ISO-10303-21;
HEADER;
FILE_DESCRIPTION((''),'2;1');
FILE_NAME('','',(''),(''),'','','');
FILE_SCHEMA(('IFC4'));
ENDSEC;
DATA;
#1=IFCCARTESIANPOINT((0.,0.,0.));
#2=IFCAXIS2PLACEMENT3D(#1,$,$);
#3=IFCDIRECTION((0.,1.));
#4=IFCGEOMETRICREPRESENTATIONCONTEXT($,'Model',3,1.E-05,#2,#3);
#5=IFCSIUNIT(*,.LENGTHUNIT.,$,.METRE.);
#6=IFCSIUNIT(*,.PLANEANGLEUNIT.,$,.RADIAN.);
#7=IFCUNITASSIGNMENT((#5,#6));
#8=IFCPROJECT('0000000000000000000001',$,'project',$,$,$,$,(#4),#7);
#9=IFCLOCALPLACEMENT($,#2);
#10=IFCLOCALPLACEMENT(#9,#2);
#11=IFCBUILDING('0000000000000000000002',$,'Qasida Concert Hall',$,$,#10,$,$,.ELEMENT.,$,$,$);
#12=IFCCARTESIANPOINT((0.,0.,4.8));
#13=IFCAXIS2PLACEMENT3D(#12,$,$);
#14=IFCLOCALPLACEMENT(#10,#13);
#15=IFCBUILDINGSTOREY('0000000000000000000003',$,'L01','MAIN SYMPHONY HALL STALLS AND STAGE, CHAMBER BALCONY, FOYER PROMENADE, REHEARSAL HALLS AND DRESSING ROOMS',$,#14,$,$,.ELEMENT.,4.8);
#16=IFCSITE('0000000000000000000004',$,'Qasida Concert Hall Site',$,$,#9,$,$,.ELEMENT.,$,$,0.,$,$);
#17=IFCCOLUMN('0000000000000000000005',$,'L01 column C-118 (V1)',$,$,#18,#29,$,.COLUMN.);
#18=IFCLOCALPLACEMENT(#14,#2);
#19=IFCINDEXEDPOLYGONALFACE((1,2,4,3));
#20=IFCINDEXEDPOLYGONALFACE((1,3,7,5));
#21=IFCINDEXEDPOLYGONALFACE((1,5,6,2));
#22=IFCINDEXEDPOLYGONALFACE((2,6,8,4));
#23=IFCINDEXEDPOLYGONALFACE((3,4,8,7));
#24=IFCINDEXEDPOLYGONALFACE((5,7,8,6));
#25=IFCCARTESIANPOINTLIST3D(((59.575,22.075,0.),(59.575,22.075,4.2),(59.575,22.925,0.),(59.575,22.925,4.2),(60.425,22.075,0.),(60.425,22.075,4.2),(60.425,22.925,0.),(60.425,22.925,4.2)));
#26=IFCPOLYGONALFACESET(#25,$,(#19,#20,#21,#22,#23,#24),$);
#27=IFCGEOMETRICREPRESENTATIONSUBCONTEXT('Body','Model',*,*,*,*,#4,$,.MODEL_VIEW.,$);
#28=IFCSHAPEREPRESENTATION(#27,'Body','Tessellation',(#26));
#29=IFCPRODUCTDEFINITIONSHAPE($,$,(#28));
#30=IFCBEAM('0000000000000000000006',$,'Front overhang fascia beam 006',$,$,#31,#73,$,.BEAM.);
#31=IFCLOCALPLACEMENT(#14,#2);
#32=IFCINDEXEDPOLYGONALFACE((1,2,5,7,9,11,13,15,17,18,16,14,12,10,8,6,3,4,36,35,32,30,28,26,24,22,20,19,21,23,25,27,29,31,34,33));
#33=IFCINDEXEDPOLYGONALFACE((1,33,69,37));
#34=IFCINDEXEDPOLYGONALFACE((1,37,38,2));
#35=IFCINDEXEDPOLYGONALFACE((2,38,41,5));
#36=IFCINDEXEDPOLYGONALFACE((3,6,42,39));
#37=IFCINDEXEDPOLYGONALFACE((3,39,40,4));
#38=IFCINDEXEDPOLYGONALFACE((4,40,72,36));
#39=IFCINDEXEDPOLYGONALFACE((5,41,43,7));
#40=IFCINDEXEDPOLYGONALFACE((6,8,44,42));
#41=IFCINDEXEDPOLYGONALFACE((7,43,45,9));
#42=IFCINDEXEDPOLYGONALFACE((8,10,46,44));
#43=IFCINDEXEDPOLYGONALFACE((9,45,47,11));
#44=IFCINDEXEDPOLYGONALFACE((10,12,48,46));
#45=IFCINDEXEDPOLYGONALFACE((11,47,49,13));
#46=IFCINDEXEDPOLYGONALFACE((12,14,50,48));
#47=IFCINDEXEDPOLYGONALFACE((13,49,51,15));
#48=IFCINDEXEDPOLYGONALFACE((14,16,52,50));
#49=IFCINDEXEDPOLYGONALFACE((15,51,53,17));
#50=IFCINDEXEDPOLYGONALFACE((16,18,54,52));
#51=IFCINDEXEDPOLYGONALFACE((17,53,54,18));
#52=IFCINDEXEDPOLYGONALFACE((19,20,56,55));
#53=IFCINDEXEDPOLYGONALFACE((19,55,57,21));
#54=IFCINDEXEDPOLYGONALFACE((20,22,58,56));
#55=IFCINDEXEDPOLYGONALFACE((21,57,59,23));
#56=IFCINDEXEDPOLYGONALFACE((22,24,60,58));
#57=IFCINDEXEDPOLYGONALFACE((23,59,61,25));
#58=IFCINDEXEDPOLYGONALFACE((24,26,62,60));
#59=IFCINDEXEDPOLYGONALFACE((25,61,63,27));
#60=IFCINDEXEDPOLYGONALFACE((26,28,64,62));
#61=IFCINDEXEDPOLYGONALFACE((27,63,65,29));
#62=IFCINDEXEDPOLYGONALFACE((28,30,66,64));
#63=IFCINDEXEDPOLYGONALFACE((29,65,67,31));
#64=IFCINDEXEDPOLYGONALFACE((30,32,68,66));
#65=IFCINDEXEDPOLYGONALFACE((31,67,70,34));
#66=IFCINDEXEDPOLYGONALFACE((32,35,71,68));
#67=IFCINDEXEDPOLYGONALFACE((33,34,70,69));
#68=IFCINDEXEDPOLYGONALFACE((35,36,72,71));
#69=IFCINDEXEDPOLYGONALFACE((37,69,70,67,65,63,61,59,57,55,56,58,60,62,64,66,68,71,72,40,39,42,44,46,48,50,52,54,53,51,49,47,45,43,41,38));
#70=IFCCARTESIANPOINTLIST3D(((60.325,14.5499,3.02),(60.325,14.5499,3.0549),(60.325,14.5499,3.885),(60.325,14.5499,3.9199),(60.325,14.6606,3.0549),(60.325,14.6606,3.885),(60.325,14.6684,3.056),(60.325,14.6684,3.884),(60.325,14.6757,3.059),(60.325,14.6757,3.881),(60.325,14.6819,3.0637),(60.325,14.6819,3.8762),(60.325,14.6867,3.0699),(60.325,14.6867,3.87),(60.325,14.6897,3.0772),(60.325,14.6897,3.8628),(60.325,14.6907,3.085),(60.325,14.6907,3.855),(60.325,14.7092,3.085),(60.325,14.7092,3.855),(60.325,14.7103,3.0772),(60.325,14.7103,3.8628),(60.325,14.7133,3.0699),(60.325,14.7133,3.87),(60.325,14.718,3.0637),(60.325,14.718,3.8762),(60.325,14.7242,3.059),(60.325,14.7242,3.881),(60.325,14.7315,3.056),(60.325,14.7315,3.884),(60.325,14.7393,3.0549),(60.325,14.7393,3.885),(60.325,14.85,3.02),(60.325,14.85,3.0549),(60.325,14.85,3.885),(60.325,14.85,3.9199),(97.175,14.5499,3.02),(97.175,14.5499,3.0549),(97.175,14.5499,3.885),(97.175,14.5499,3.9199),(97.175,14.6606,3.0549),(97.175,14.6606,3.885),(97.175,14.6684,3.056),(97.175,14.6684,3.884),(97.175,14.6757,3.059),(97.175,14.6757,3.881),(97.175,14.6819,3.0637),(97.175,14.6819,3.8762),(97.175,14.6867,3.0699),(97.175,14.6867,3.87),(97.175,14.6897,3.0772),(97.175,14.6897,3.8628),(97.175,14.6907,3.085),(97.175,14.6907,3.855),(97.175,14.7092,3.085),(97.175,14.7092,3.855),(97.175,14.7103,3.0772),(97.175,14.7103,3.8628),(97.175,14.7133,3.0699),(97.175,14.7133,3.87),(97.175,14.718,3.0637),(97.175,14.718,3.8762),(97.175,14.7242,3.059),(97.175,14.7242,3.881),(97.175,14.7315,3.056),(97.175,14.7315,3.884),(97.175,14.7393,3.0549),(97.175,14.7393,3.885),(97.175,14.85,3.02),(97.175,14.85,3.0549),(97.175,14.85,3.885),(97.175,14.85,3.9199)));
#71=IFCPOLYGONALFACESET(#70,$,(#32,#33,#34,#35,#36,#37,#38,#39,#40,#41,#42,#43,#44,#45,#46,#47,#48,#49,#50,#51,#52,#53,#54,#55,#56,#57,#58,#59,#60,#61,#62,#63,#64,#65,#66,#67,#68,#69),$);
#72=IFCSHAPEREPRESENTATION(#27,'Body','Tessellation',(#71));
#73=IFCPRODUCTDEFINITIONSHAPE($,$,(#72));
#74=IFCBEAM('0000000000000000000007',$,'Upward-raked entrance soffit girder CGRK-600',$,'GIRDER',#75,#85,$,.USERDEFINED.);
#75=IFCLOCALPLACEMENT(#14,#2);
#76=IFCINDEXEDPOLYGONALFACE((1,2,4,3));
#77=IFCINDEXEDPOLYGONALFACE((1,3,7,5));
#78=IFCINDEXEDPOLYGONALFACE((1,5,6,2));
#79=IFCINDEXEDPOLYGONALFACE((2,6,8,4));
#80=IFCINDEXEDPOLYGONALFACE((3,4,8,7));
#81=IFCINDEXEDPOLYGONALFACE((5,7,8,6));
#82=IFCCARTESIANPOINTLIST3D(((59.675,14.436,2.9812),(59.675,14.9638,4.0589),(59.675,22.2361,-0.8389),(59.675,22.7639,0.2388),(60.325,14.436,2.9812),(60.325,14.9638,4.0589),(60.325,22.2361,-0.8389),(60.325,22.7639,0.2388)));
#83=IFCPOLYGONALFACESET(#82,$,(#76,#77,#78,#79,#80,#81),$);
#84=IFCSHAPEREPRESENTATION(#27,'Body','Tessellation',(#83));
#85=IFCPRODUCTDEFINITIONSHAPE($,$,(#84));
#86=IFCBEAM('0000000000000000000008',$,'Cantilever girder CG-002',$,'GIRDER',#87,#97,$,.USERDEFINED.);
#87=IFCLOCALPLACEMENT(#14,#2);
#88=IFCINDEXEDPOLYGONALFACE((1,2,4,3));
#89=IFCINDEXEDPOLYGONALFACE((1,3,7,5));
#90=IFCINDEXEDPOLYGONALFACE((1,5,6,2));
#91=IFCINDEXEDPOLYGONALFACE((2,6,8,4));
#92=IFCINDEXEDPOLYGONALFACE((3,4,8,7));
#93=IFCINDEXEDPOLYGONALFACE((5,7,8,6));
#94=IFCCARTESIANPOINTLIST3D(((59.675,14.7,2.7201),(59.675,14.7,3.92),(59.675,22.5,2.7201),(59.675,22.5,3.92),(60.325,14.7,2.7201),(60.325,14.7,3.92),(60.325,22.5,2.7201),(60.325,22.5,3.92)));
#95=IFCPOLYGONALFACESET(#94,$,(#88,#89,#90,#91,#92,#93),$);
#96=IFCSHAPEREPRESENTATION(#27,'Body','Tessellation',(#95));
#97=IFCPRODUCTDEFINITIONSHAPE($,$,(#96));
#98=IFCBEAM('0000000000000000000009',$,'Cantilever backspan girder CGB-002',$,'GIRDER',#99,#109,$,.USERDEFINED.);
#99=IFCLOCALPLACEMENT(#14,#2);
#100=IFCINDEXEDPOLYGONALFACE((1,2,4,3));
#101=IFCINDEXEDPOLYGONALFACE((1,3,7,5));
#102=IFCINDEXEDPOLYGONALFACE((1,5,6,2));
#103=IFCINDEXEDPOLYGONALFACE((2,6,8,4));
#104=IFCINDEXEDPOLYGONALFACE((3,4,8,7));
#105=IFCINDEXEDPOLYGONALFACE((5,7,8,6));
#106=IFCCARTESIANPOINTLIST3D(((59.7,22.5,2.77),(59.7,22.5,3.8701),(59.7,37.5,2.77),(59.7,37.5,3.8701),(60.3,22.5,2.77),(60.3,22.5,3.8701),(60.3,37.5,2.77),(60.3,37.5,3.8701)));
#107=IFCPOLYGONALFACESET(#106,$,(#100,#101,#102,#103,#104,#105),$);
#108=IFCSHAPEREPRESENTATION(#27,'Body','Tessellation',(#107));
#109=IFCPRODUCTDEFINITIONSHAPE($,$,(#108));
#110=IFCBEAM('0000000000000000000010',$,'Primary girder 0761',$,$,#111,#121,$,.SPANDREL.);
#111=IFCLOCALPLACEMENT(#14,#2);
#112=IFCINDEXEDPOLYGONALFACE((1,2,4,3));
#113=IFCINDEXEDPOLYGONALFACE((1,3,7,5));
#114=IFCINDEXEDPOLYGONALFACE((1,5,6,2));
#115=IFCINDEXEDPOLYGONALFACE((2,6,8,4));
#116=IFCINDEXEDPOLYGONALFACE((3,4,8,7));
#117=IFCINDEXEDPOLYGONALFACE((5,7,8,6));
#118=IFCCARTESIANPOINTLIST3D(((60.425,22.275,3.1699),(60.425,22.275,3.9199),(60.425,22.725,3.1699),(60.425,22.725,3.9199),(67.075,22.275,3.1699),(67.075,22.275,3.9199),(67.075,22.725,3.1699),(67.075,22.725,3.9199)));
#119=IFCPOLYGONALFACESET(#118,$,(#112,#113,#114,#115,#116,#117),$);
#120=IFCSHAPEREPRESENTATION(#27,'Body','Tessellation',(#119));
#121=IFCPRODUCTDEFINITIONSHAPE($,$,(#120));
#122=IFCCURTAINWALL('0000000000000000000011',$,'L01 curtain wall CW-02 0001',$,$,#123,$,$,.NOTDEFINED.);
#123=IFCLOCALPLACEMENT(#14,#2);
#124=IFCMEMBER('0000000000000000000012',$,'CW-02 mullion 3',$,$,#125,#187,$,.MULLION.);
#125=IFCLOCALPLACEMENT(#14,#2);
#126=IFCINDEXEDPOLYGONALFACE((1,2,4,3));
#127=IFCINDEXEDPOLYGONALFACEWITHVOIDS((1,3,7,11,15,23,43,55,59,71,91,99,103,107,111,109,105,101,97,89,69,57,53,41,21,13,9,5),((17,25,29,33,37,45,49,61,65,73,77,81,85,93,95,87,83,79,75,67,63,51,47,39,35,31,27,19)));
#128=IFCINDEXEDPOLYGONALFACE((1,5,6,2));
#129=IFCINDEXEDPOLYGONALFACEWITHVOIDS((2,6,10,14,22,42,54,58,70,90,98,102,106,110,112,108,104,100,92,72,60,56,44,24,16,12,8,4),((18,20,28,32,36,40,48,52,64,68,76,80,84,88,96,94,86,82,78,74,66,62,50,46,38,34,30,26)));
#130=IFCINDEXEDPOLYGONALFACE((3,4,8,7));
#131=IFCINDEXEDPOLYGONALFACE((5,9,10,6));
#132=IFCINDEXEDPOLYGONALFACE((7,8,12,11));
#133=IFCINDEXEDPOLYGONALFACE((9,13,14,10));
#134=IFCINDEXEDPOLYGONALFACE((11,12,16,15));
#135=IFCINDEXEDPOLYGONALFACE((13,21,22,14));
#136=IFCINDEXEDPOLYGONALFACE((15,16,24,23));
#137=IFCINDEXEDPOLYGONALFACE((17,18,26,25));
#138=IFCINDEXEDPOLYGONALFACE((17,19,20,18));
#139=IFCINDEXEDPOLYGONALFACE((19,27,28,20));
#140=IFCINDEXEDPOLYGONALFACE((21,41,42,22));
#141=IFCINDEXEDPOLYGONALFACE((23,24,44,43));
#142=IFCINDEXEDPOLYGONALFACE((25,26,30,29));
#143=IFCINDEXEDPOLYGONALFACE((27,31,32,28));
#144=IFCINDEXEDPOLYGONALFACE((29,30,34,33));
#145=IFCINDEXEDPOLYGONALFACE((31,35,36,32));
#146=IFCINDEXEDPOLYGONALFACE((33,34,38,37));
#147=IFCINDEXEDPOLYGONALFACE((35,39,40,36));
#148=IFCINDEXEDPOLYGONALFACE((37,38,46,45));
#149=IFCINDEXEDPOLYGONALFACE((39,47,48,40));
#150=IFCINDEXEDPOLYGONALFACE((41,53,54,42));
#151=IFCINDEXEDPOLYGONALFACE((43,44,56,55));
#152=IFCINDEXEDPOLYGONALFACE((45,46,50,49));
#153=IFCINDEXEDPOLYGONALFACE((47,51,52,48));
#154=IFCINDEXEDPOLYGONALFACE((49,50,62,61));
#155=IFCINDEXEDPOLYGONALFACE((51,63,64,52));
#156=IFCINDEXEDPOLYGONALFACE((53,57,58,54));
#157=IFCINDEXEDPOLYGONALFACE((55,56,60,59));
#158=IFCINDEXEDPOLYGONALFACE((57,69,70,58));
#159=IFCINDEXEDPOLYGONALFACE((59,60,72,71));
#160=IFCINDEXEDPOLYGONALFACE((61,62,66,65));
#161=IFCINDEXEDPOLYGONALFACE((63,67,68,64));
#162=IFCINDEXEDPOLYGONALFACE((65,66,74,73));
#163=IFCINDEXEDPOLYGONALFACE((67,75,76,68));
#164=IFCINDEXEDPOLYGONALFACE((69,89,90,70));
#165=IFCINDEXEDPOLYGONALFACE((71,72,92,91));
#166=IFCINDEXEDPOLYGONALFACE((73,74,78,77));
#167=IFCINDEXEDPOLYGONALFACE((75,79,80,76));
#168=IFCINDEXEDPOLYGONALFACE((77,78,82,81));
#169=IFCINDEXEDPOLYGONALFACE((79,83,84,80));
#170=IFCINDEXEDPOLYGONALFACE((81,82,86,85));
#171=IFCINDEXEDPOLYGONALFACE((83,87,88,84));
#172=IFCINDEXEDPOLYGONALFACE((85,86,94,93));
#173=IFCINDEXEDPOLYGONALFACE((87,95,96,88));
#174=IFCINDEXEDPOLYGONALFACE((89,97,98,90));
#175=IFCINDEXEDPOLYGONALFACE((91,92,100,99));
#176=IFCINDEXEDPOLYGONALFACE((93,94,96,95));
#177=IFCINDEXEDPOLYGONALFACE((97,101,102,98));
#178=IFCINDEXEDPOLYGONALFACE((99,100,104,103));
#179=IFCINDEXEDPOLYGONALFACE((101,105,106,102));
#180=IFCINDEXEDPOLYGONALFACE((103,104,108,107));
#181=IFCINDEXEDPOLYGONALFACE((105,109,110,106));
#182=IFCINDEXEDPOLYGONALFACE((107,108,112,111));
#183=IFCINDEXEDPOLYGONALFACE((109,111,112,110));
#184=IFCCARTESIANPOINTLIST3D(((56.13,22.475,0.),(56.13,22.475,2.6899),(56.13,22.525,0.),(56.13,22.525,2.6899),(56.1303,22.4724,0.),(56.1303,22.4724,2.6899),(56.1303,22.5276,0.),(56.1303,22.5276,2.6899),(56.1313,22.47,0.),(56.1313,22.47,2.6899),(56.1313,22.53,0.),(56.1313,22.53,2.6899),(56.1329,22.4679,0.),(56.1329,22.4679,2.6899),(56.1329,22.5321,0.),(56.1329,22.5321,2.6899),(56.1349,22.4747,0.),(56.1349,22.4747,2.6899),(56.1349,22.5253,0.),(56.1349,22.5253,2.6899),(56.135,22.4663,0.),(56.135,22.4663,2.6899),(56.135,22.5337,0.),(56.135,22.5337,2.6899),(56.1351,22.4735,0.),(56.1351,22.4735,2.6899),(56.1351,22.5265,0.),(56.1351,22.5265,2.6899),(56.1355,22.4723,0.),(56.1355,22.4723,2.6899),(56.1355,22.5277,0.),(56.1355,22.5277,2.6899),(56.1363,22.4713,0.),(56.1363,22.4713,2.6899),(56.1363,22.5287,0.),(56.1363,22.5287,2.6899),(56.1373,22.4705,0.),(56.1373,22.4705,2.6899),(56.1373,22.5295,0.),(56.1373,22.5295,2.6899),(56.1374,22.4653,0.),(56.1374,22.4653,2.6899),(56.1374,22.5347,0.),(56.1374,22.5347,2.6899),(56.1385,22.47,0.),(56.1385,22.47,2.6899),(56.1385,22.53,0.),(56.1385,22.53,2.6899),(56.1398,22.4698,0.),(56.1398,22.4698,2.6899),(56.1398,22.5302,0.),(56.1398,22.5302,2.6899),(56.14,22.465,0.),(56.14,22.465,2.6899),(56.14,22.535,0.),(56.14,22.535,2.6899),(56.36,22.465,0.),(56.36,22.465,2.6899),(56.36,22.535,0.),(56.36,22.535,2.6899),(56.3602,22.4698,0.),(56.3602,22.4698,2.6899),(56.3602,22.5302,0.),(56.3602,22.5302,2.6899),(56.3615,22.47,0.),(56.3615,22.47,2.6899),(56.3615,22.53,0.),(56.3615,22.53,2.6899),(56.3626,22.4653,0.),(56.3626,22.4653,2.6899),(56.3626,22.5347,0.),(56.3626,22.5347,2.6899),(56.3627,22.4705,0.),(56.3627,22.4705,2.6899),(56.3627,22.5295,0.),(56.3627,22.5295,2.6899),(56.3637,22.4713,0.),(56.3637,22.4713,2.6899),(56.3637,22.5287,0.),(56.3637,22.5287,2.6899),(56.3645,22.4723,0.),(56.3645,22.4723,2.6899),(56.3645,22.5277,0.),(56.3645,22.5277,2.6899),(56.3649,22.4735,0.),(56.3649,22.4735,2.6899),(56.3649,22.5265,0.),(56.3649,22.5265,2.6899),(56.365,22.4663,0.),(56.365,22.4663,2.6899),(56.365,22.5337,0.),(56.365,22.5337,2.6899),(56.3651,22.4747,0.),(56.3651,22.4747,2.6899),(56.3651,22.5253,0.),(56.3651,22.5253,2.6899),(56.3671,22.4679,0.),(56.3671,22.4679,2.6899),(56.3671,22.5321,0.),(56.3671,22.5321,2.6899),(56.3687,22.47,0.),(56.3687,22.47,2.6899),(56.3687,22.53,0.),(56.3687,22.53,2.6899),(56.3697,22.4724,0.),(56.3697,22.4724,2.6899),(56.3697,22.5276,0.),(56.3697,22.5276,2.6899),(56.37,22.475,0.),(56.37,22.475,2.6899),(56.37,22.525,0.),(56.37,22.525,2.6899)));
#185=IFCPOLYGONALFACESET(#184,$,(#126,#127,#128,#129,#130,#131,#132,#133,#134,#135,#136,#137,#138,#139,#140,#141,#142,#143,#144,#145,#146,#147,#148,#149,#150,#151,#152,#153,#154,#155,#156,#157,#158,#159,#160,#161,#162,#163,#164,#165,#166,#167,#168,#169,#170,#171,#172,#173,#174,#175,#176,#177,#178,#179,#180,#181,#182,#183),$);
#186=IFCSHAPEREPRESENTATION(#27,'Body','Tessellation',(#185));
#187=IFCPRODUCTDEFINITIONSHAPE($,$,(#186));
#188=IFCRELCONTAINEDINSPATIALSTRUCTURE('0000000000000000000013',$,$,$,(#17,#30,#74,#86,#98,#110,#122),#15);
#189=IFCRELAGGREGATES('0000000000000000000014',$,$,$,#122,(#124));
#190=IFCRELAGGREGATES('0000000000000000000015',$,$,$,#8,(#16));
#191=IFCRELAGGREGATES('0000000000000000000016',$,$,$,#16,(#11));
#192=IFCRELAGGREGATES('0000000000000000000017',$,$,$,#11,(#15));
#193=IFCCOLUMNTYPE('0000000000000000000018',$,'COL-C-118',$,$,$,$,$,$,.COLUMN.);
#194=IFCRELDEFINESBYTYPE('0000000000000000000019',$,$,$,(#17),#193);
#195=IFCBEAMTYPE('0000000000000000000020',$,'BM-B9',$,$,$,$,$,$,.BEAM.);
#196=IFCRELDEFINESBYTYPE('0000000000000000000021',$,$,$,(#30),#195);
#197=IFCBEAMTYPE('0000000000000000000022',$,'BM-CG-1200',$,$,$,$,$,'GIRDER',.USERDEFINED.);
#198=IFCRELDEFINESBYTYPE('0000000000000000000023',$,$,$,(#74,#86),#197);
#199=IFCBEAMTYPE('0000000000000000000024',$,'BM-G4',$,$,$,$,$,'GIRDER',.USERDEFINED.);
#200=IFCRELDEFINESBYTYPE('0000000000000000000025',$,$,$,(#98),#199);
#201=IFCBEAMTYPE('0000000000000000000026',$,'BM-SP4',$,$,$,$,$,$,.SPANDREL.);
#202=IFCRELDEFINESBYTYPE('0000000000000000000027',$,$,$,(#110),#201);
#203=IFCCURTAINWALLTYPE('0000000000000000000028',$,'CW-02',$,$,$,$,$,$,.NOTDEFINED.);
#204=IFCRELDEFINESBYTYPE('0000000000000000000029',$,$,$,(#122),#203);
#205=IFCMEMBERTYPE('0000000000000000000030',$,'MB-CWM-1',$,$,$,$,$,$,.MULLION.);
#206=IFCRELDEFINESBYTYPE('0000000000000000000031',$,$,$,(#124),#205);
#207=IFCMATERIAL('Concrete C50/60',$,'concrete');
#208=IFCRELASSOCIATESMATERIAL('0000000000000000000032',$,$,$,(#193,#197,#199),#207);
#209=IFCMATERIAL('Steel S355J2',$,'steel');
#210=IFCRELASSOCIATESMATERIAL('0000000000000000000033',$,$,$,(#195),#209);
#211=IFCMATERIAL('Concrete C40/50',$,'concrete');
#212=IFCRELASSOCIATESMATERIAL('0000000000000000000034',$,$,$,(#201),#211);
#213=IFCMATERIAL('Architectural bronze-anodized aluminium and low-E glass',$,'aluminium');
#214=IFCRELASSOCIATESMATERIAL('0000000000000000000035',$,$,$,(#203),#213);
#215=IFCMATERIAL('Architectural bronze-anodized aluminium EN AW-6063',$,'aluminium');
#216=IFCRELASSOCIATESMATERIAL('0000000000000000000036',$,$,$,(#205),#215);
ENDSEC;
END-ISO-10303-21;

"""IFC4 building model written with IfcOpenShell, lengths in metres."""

from ifc_helpers import new_model, si_unit, direction, frame, origin, origin_2d, place, context, subcontext, project, spatial, rectangle, hollow_rectangle, i_section, extrude, material, material_profile, profile_set, type_object, element, aggregate, save


model = new_model("IFC4")

# Units and contexts
model_context = context("Model", 3, precision=1e-05, world=origin(), true_north=direction((0.0, 1.0)))
body_context = subcontext(model_context, "Body", "Model", "MODEL_VIEW")
ifc_project = project(units=[si_unit("LENGTHUNIT", "METRE"), si_unit("PLANEANGLEUNIT", "RADIAN")], contexts=[model_context])

# Site, building, storey
site_placement = place(None, origin())
site = spatial("IfcSite", under=ifc_project, at=site_placement, Name="Qasida Concert Hall Site", CompositionType="ELEMENT", RefElevation=0.0)
building_placement = place(site_placement, origin())
building = spatial("IfcBuilding", under=site, at=building_placement, Name="Qasida Concert Hall", CompositionType="ELEMENT")
storey_placement = place(building_placement, frame((0.0, 0.0, 4.8)))
storey = spatial("IfcBuildingStorey", under=building, at=storey_placement, Name="L01", Description="MAIN SYMPHONY HALL STALLS AND STAGE, CHAMBER BALCONY, FOYER PROMENADE, REHEARSAL HALLS AND DRESSING ROOMS", CompositionType="ELEMENT", Elevation=4.8)

# Column
ifc_material_1 = material(Name="Concrete C50/60", Category="concrete")
ifc_material_profile_1 = material_profile(ifc_material_1, rectangle(XDim=0.8501, YDim=0.8501, at=origin_2d()), Name="RC 850x850")
ifc_profile_set_1 = profile_set([ifc_material_profile_1], Name="Concrete C50/60")
column_type = type_object("IfcColumnType", Name="COL-C-118", PredefinedType="COLUMN", material=ifc_profile_set_1)
column_placement = place(storey_placement, frame((60.0, 22.5, 0.0), z_axis=(0.0, 0.0, 1.0), x_axis=(1.0, 0.0, 0.0)))
element("IfcColumn", 1, at=column_placement, inside=storey, type_object=column_type, Name="L01 column C-118 (V1)", PredefinedType="COLUMN", context=body_context, shape_type="SweptSolid", body=[
    extrude(rectangle(XDim=0.8501, YDim=0.8501, at=origin_2d()), origin(), (0.0, 0.0, 1.0), 4.2),
])

# Beams
ifc_material_2 = material(Name="Steel S355J2", Category="steel")
ifc_material_profile_2 = material_profile(ifc_material_2, i_section(OverallWidth=0.3, OverallDepth=0.8999, WebThickness=0.0186, FlangeThickness=0.0349, FilletRadius=0.03, at=origin_2d()), Name="HEB 900")
ifc_profile_set_2 = profile_set([ifc_material_profile_2], Name="Steel S355J2")
beam_type_1 = type_object("IfcBeamType", Name="BM-B9", PredefinedType="BEAM", material=ifc_profile_set_2)
beam_1_placement = place(storey_placement, frame((60.325, 14.7, 3.47), z_axis=(1.0, 0.0, 0.0), x_axis=(0.0, 1.0, 0.0)))
element("IfcBeam", 2, at=beam_1_placement, inside=storey, type_object=beam_type_1, Name="Front overhang fascia beam 006", PredefinedType="BEAM", context=body_context, shape_type="SweptSolid", body=[
    extrude(i_section(OverallWidth=0.3, OverallDepth=0.8999, WebThickness=0.0186, FlangeThickness=0.0349, FilletRadius=0.03, at=origin_2d()), origin(), (0.0, 0.0, 1.0), 36.8501),
])
ifc_material_profile_3 = material_profile(ifc_material_1, rectangle(XDim=0.6499, YDim=1.2, at=origin_2d()), Name="RC 650x1200")
ifc_profile_set_3 = profile_set([ifc_material_profile_3], Name="Concrete C50/60")
beam_type_2 = type_object("IfcBeamType", Name="BM-CG-1200", ElementType="GIRDER", PredefinedType="USERDEFINED", material=ifc_profile_set_3)
beam_2_placement = place(storey_placement, frame((60.0, 22.5, -0.3), z_axis=(0.0, -0.898079, 0.439834), x_axis=(1.0, 0.0, 0.0)))
element("IfcBeam", 3, at=beam_2_placement, inside=storey, type_object=beam_type_2, Name="Upward-raked entrance soffit girder CGRK-600", ObjectType="GIRDER", PredefinedType="USERDEFINED", context=body_context, shape_type="SweptSolid", body=[
    extrude(rectangle(XDim=0.6499, YDim=1.2, at=origin_2d()), origin(), (0.0, 0.0, 1.0), 8.6853),
])
beam_3_placement = place(storey_placement, frame((60.0, 22.5, 3.3201), z_axis=(0.0, -1.0, 0.0), x_axis=(1.0, 0.0, 0.0)))
element("IfcBeam", 4, at=beam_3_placement, inside=storey, type_object=beam_type_2, Name="Cantilever girder CG-002", ObjectType="GIRDER", PredefinedType="USERDEFINED", context=body_context, shape_type="SweptSolid", body=[
    extrude(rectangle(XDim=0.6499, YDim=1.2, at=origin_2d()), origin(), (0.0, 0.0, 1.0), 7.8),
])
ifc_material_profile_4 = material_profile(ifc_material_1, rectangle(XDim=0.6001, YDim=1.1001, at=origin_2d()), Name="RC 600x1100")
ifc_profile_set_4 = profile_set([ifc_material_profile_4], Name="Concrete C50/60")
beam_type_3 = type_object("IfcBeamType", Name="BM-G4", ElementType="GIRDER", PredefinedType="USERDEFINED", material=ifc_profile_set_4)
beam_4_placement = place(storey_placement, frame((60.0, 22.5, 3.3201), z_axis=(0.0, 1.0, 0.0), x_axis=(-1.0, 0.0, 0.0)))
element("IfcBeam", 5, at=beam_4_placement, inside=storey, type_object=beam_type_3, Name="Cantilever backspan girder CGB-002", ObjectType="GIRDER", PredefinedType="USERDEFINED", context=body_context, shape_type="SweptSolid", body=[
    extrude(rectangle(XDim=0.6001, YDim=1.1001, at=origin_2d()), origin(), (0.0, 0.0, 1.0), 15.0),
])
ifc_material_3 = material(Name="Concrete C40/50", Category="concrete")
ifc_material_profile_5 = material_profile(ifc_material_3, rectangle(XDim=0.45, YDim=0.75, at=origin_2d()), Name="RC 450x750")
ifc_profile_set_5 = profile_set([ifc_material_profile_5], Name="Concrete C40/50")
beam_type_4 = type_object("IfcBeamType", Name="BM-SP4", PredefinedType="SPANDREL", material=ifc_profile_set_5)
beam_5_placement = place(storey_placement, frame((60.425, 22.5, 3.5449), z_axis=(1.0, 0.0, 0.0), x_axis=(0.0, 1.0, 0.0)))
element("IfcBeam", 6, at=beam_5_placement, inside=storey, type_object=beam_type_4, Name="Primary girder 0761", PredefinedType="SPANDREL", context=body_context, shape_type="SweptSolid", body=[
    extrude(rectangle(XDim=0.45, YDim=0.75, at=origin_2d()), origin(), (0.0, 0.0, 1.0), 6.6499),
])

# Curtain wall, member
ifc_material_4 = material(Name="Architectural bronze-anodized aluminium and low-E glass", Category="aluminium")
curtain_wall_type = type_object("IfcCurtainWallType", Name="CW-02", PredefinedType="NOTDEFINED", material=ifc_material_4)
curtain_wall_1_placement = place(storey_placement, origin())
curtain_wall_1 = element("IfcCurtainWall", 7, at=curtain_wall_1_placement, inside=storey, type_object=curtain_wall_type, Name="L01 curtain wall CW-02 0001", PredefinedType="NOTDEFINED")
ifc_material_5 = material(Name="Architectural bronze-anodized aluminium EN AW-6063", Category="aluminium")
ifc_material_profile_6 = material_profile(ifc_material_5, hollow_rectangle(XDim=0.0701, YDim=0.24, WallThickness=0.0049, InnerFilletRadius=0.0049, OuterFilletRadius=0.01, at=origin_2d()), Name="CWM 240x70x5")
ifc_profile_set_6 = profile_set([ifc_material_profile_6], Name="Architectural bronze-anodized aluminium EN AW-6063")
member_type_1 = type_object("IfcMemberType", Name="MB-CWM-1", PredefinedType="MULLION", material=ifc_profile_set_6)
member_1_placement = place(storey_placement, frame((56.25, 22.5, 0.0), z_axis=(0.0, 0.0, 1.0), x_axis=(0.0, 1.0, 0.0)))
member_1 = element("IfcMember", 8, at=member_1_placement, type_object=member_type_1, Name="CW-02 mullion 3", PredefinedType="MULLION", context=body_context, shape_type="SweptSolid", body=[
    extrude(hollow_rectangle(XDim=0.0701, YDim=0.24, WallThickness=0.0049, InnerFilletRadius=0.0049, OuterFilletRadius=0.01, at=origin_2d()), origin(), (0.0, 0.0, 1.0), 2.6899),
])

aggregate(curtain_wall_1, [member_1])

save(model, "model.ifc")
